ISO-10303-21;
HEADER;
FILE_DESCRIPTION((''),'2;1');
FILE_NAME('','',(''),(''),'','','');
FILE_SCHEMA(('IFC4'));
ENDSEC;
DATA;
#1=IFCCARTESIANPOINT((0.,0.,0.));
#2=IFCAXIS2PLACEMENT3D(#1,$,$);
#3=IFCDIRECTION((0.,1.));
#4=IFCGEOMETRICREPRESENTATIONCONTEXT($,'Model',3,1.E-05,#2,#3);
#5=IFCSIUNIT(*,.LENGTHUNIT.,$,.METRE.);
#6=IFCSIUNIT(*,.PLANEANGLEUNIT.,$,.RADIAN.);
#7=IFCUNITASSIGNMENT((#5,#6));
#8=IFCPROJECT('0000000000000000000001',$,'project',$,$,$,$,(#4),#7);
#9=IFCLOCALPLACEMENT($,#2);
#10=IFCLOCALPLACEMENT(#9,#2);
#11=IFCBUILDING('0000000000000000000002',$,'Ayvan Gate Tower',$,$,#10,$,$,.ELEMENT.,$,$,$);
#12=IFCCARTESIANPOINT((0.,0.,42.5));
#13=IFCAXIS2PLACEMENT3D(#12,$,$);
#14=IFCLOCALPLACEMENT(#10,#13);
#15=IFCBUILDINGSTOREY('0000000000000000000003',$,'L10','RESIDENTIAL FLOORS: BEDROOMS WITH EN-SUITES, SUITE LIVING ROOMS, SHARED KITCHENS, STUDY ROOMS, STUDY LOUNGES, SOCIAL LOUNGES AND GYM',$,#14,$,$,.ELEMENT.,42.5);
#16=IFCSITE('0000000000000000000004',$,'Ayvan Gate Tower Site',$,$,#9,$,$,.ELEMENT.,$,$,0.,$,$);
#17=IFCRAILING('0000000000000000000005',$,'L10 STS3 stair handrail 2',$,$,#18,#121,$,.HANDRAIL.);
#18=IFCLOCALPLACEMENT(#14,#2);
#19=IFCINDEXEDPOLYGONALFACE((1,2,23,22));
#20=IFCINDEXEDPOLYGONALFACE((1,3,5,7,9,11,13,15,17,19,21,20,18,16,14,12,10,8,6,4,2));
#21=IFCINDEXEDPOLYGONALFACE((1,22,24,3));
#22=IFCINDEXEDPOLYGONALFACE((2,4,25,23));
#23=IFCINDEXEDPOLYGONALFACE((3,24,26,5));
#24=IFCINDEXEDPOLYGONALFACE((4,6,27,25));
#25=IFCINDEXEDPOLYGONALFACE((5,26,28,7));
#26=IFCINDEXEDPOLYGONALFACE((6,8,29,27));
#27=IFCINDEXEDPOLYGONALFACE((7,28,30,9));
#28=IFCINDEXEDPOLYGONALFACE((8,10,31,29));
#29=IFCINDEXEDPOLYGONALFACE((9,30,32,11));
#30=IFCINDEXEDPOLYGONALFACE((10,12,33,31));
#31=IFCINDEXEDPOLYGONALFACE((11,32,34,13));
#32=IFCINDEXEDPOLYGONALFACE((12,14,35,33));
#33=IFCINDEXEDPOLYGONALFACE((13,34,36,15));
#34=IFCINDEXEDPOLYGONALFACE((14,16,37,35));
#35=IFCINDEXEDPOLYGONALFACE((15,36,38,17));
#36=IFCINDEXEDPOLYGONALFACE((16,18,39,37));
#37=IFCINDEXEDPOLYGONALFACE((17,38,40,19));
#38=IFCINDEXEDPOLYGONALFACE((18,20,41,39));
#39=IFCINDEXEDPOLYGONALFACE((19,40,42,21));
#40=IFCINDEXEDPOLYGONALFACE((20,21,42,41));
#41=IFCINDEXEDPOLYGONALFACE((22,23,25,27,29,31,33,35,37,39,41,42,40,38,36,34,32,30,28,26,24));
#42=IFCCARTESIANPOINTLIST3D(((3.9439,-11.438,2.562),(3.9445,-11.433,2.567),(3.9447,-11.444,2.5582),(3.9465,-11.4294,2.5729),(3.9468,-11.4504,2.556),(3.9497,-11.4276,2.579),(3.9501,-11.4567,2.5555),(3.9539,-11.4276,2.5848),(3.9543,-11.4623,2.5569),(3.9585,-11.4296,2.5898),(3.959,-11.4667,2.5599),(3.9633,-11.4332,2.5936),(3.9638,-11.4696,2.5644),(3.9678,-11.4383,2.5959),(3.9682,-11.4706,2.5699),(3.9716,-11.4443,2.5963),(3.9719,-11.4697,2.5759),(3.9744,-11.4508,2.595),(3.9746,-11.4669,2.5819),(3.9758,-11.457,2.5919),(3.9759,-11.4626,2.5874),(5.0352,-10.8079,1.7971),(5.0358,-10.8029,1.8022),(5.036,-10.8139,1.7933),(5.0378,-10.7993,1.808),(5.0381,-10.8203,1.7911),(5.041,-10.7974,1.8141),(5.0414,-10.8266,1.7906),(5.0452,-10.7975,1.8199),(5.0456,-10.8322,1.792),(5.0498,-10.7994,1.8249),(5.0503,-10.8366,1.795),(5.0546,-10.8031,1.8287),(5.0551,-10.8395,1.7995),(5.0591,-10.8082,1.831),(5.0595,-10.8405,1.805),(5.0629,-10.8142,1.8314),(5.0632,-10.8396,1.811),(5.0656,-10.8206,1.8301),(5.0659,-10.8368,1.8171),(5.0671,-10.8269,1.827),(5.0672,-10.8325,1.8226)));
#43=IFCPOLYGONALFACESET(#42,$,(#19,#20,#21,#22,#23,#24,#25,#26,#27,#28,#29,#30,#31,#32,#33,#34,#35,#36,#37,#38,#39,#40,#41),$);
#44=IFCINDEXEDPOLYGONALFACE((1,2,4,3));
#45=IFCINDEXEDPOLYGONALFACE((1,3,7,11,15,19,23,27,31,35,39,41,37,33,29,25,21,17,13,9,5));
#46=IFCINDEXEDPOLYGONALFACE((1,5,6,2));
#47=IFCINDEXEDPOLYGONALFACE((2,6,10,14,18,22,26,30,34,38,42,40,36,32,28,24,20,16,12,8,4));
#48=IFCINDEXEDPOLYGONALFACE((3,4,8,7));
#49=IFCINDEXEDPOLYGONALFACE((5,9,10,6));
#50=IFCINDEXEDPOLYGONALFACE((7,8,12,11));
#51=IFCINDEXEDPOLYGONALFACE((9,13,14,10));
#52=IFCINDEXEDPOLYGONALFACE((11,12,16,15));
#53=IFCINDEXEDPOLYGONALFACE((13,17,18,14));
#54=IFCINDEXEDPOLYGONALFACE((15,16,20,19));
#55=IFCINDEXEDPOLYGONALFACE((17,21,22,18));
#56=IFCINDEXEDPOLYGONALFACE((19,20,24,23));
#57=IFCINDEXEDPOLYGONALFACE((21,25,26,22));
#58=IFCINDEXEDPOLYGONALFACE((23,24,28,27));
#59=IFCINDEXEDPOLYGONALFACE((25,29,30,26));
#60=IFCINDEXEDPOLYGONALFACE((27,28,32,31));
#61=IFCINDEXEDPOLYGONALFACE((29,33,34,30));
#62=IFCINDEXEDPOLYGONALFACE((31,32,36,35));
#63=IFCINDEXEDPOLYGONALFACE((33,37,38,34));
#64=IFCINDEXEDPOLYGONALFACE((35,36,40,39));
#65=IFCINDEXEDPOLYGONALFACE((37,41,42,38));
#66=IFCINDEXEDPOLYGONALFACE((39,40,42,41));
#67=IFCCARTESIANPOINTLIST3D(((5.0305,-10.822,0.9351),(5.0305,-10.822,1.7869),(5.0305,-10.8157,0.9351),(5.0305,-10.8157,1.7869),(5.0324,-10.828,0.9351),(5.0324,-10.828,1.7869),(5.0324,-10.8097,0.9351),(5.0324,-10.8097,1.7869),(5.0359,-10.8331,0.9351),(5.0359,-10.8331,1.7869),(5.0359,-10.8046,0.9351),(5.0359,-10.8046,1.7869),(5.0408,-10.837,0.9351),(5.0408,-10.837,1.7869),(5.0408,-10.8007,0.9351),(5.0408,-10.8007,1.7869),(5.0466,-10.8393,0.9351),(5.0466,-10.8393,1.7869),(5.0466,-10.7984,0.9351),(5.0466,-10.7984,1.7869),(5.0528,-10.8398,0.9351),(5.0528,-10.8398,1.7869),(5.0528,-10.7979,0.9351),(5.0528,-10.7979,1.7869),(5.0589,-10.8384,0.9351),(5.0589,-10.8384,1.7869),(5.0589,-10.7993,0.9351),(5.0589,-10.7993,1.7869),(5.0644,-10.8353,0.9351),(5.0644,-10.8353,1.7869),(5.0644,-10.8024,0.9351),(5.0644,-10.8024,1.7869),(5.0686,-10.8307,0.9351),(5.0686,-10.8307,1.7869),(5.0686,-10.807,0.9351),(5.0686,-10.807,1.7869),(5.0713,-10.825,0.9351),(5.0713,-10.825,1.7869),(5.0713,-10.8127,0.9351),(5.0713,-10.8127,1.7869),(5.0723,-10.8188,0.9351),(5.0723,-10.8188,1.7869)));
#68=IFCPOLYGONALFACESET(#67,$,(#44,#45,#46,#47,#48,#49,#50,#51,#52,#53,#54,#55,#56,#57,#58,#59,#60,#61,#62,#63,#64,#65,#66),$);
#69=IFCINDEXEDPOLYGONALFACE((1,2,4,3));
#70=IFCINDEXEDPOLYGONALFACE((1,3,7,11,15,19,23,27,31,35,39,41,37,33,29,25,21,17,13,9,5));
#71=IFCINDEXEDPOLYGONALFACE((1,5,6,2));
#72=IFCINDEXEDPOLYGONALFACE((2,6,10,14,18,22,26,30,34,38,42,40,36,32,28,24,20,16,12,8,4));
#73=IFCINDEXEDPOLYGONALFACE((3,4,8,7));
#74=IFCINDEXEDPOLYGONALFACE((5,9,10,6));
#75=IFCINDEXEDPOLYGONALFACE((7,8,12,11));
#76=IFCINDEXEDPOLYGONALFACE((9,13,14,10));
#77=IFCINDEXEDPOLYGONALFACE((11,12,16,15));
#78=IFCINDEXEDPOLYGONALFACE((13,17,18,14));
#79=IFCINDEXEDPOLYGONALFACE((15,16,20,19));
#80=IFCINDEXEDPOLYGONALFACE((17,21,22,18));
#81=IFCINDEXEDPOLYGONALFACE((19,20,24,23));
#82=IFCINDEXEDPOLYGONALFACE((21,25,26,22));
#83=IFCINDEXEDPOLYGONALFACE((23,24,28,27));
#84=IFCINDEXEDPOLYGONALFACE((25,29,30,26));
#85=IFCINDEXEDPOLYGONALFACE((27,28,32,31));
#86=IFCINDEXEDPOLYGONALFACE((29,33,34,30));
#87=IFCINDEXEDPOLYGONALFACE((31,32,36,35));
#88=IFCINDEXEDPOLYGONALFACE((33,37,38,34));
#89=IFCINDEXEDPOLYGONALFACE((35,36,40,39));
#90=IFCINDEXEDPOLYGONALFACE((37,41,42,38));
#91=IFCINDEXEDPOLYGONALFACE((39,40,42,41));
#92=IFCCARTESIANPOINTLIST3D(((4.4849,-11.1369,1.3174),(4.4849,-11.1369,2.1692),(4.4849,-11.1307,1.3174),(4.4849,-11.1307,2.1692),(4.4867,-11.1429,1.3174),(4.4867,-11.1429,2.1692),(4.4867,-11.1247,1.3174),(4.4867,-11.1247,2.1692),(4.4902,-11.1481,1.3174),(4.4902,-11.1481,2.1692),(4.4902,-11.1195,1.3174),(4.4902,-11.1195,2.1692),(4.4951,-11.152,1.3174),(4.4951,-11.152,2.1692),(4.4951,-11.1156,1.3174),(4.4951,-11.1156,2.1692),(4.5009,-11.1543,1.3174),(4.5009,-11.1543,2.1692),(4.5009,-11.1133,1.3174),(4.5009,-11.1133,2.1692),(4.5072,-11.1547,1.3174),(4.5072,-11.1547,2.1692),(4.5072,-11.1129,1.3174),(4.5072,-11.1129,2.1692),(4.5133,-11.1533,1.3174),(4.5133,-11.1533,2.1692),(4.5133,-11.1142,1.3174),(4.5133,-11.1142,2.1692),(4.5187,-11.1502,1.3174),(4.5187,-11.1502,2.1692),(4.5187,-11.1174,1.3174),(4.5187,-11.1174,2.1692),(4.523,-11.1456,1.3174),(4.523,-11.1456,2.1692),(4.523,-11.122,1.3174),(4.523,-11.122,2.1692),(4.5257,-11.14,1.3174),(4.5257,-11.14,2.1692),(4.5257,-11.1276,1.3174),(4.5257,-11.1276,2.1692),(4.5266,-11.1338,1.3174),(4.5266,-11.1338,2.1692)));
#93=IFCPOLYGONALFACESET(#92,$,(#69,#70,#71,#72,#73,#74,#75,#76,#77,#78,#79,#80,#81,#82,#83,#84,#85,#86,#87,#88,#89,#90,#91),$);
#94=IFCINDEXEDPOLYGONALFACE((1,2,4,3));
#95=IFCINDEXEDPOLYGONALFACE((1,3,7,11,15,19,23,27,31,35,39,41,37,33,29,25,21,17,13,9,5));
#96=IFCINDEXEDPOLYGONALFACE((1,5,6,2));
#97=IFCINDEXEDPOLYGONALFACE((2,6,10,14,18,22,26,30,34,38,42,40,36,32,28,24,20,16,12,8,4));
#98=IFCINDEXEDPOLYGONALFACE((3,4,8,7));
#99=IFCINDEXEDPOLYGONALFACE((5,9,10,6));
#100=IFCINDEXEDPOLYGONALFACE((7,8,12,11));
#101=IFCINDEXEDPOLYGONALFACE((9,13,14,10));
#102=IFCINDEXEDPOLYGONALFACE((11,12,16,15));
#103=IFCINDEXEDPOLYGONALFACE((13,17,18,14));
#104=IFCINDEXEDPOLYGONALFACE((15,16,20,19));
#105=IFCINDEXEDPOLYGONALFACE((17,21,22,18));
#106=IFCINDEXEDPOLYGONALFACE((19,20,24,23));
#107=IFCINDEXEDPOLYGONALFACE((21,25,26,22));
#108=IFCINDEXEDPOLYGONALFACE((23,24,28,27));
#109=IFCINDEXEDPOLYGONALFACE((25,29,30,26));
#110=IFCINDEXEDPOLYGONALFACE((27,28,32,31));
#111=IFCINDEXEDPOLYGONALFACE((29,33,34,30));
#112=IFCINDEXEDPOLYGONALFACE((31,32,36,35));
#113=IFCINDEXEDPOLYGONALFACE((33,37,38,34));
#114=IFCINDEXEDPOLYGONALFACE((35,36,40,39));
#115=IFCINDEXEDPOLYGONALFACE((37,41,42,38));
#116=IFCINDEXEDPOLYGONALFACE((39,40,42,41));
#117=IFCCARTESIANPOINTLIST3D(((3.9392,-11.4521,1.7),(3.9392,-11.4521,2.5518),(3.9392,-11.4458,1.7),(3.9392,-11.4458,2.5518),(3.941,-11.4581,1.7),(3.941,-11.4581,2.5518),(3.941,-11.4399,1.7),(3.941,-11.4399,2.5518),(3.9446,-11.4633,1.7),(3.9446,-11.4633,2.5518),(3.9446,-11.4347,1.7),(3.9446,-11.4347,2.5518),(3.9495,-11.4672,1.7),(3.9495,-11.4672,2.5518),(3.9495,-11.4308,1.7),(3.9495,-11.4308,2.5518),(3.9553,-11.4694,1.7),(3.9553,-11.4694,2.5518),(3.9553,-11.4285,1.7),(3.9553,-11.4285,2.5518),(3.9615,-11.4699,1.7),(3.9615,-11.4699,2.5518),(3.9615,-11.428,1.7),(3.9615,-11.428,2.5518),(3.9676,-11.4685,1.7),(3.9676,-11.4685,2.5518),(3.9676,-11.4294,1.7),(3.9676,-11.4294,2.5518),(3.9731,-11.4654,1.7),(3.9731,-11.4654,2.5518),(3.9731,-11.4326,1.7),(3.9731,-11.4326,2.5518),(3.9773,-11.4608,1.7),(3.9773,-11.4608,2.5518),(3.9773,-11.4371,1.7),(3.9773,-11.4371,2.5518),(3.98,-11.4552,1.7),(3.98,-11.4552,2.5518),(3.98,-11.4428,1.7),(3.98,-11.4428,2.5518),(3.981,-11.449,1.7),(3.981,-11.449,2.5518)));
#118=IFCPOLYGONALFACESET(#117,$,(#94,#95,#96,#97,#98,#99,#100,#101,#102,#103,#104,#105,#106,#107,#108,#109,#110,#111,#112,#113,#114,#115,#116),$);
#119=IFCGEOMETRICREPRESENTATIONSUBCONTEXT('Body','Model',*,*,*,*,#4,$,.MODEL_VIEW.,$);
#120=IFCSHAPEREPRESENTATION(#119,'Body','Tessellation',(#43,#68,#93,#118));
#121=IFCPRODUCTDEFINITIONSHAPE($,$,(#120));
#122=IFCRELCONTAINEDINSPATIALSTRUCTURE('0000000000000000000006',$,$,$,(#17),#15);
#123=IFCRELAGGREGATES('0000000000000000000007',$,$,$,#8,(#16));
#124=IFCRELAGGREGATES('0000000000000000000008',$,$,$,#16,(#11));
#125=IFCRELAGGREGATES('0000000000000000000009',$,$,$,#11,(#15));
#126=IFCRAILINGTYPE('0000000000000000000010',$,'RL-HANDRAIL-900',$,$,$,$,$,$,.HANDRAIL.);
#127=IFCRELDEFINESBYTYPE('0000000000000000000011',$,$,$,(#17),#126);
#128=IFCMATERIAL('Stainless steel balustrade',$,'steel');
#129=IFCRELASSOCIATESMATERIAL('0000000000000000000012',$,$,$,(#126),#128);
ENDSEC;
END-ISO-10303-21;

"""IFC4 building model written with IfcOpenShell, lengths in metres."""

from ifc_helpers import new_model, si_unit, direction, frame, origin, origin_2d, place, context, subcontext, project, spatial, circle, extrude, material, type_object, element, save


model = new_model("IFC4")

# Units and contexts
model_context = context("Model", 3, precision=1e-05, world=origin(), true_north=direction((0.0, 1.0)))
body_context = subcontext(model_context, "Body", "Model", "MODEL_VIEW")
ifc_project = project(units=[si_unit("LENGTHUNIT", "METRE"), si_unit("PLANEANGLEUNIT", "RADIAN")], contexts=[model_context])

# Site, building, storey
site_placement = place(None, origin())
site = spatial("IfcSite", under=ifc_project, at=site_placement, Name="Ayvan Gate Tower Site", CompositionType="ELEMENT", RefElevation=0.0)
building_placement = place(site_placement, origin())
building = spatial("IfcBuilding", under=site, at=building_placement, Name="Ayvan Gate Tower", CompositionType="ELEMENT")
storey_placement = place(building_placement, frame((0.0, 0.0, 42.5)))
storey = spatial("IfcBuildingStorey", under=building, at=storey_placement, Name="L10", Description="RESIDENTIAL FLOORS: BEDROOMS WITH EN-SUITES, SUITE LIVING ROOMS, SHARED KITCHENS, STUDY ROOMS, STUDY LOUNGES, SOCIAL LOUNGES AND GYM", CompositionType="ELEMENT", Elevation=42.5)

# Railing
ifc_material_1 = material(Name="Stainless steel balustrade", Category="steel")
railing_type_1 = type_object("IfcRailingType", Name="RL-HANDRAIL-900", PredefinedType="HANDRAIL", material=ifc_material_1)
railing_1_placement = place(storey_placement, frame((5.0513, -10.8188, 0.9351)))
element("IfcRailing", 1, at=railing_1_placement, inside=storey, type_object=railing_type_1, Name="L10 STS3 stair handrail 2", PredefinedType="HANDRAIL", context=body_context, shape_type="SweptSolid", body=[
    extrude(circle(Radius=0.0239, at=origin_2d()), frame((0.0, 0.0, 0.876), z_axis=(-0.740304, -0.427455, 0.518875), x_axis=(0.500035, -0.866005, 0.0)), (0.0, 0.0, 1.0), 1.4741),
    extrude(circle(Radius=0.021, at=origin_2d()), origin(), (0.0, 0.0, 1.0), 0.8518),
    extrude(circle(Radius=0.021, at=origin_2d()), frame((-0.5457, -0.3149, 0.3823)), (0.0, 0.0, 1.0), 0.8518),
    extrude(circle(Radius=0.021, at=origin_2d()), frame((-1.0913, -0.6301, 0.7649)), (0.0, 0.0, 1.0), 0.8518),
])

save(model, "model.ifc")
